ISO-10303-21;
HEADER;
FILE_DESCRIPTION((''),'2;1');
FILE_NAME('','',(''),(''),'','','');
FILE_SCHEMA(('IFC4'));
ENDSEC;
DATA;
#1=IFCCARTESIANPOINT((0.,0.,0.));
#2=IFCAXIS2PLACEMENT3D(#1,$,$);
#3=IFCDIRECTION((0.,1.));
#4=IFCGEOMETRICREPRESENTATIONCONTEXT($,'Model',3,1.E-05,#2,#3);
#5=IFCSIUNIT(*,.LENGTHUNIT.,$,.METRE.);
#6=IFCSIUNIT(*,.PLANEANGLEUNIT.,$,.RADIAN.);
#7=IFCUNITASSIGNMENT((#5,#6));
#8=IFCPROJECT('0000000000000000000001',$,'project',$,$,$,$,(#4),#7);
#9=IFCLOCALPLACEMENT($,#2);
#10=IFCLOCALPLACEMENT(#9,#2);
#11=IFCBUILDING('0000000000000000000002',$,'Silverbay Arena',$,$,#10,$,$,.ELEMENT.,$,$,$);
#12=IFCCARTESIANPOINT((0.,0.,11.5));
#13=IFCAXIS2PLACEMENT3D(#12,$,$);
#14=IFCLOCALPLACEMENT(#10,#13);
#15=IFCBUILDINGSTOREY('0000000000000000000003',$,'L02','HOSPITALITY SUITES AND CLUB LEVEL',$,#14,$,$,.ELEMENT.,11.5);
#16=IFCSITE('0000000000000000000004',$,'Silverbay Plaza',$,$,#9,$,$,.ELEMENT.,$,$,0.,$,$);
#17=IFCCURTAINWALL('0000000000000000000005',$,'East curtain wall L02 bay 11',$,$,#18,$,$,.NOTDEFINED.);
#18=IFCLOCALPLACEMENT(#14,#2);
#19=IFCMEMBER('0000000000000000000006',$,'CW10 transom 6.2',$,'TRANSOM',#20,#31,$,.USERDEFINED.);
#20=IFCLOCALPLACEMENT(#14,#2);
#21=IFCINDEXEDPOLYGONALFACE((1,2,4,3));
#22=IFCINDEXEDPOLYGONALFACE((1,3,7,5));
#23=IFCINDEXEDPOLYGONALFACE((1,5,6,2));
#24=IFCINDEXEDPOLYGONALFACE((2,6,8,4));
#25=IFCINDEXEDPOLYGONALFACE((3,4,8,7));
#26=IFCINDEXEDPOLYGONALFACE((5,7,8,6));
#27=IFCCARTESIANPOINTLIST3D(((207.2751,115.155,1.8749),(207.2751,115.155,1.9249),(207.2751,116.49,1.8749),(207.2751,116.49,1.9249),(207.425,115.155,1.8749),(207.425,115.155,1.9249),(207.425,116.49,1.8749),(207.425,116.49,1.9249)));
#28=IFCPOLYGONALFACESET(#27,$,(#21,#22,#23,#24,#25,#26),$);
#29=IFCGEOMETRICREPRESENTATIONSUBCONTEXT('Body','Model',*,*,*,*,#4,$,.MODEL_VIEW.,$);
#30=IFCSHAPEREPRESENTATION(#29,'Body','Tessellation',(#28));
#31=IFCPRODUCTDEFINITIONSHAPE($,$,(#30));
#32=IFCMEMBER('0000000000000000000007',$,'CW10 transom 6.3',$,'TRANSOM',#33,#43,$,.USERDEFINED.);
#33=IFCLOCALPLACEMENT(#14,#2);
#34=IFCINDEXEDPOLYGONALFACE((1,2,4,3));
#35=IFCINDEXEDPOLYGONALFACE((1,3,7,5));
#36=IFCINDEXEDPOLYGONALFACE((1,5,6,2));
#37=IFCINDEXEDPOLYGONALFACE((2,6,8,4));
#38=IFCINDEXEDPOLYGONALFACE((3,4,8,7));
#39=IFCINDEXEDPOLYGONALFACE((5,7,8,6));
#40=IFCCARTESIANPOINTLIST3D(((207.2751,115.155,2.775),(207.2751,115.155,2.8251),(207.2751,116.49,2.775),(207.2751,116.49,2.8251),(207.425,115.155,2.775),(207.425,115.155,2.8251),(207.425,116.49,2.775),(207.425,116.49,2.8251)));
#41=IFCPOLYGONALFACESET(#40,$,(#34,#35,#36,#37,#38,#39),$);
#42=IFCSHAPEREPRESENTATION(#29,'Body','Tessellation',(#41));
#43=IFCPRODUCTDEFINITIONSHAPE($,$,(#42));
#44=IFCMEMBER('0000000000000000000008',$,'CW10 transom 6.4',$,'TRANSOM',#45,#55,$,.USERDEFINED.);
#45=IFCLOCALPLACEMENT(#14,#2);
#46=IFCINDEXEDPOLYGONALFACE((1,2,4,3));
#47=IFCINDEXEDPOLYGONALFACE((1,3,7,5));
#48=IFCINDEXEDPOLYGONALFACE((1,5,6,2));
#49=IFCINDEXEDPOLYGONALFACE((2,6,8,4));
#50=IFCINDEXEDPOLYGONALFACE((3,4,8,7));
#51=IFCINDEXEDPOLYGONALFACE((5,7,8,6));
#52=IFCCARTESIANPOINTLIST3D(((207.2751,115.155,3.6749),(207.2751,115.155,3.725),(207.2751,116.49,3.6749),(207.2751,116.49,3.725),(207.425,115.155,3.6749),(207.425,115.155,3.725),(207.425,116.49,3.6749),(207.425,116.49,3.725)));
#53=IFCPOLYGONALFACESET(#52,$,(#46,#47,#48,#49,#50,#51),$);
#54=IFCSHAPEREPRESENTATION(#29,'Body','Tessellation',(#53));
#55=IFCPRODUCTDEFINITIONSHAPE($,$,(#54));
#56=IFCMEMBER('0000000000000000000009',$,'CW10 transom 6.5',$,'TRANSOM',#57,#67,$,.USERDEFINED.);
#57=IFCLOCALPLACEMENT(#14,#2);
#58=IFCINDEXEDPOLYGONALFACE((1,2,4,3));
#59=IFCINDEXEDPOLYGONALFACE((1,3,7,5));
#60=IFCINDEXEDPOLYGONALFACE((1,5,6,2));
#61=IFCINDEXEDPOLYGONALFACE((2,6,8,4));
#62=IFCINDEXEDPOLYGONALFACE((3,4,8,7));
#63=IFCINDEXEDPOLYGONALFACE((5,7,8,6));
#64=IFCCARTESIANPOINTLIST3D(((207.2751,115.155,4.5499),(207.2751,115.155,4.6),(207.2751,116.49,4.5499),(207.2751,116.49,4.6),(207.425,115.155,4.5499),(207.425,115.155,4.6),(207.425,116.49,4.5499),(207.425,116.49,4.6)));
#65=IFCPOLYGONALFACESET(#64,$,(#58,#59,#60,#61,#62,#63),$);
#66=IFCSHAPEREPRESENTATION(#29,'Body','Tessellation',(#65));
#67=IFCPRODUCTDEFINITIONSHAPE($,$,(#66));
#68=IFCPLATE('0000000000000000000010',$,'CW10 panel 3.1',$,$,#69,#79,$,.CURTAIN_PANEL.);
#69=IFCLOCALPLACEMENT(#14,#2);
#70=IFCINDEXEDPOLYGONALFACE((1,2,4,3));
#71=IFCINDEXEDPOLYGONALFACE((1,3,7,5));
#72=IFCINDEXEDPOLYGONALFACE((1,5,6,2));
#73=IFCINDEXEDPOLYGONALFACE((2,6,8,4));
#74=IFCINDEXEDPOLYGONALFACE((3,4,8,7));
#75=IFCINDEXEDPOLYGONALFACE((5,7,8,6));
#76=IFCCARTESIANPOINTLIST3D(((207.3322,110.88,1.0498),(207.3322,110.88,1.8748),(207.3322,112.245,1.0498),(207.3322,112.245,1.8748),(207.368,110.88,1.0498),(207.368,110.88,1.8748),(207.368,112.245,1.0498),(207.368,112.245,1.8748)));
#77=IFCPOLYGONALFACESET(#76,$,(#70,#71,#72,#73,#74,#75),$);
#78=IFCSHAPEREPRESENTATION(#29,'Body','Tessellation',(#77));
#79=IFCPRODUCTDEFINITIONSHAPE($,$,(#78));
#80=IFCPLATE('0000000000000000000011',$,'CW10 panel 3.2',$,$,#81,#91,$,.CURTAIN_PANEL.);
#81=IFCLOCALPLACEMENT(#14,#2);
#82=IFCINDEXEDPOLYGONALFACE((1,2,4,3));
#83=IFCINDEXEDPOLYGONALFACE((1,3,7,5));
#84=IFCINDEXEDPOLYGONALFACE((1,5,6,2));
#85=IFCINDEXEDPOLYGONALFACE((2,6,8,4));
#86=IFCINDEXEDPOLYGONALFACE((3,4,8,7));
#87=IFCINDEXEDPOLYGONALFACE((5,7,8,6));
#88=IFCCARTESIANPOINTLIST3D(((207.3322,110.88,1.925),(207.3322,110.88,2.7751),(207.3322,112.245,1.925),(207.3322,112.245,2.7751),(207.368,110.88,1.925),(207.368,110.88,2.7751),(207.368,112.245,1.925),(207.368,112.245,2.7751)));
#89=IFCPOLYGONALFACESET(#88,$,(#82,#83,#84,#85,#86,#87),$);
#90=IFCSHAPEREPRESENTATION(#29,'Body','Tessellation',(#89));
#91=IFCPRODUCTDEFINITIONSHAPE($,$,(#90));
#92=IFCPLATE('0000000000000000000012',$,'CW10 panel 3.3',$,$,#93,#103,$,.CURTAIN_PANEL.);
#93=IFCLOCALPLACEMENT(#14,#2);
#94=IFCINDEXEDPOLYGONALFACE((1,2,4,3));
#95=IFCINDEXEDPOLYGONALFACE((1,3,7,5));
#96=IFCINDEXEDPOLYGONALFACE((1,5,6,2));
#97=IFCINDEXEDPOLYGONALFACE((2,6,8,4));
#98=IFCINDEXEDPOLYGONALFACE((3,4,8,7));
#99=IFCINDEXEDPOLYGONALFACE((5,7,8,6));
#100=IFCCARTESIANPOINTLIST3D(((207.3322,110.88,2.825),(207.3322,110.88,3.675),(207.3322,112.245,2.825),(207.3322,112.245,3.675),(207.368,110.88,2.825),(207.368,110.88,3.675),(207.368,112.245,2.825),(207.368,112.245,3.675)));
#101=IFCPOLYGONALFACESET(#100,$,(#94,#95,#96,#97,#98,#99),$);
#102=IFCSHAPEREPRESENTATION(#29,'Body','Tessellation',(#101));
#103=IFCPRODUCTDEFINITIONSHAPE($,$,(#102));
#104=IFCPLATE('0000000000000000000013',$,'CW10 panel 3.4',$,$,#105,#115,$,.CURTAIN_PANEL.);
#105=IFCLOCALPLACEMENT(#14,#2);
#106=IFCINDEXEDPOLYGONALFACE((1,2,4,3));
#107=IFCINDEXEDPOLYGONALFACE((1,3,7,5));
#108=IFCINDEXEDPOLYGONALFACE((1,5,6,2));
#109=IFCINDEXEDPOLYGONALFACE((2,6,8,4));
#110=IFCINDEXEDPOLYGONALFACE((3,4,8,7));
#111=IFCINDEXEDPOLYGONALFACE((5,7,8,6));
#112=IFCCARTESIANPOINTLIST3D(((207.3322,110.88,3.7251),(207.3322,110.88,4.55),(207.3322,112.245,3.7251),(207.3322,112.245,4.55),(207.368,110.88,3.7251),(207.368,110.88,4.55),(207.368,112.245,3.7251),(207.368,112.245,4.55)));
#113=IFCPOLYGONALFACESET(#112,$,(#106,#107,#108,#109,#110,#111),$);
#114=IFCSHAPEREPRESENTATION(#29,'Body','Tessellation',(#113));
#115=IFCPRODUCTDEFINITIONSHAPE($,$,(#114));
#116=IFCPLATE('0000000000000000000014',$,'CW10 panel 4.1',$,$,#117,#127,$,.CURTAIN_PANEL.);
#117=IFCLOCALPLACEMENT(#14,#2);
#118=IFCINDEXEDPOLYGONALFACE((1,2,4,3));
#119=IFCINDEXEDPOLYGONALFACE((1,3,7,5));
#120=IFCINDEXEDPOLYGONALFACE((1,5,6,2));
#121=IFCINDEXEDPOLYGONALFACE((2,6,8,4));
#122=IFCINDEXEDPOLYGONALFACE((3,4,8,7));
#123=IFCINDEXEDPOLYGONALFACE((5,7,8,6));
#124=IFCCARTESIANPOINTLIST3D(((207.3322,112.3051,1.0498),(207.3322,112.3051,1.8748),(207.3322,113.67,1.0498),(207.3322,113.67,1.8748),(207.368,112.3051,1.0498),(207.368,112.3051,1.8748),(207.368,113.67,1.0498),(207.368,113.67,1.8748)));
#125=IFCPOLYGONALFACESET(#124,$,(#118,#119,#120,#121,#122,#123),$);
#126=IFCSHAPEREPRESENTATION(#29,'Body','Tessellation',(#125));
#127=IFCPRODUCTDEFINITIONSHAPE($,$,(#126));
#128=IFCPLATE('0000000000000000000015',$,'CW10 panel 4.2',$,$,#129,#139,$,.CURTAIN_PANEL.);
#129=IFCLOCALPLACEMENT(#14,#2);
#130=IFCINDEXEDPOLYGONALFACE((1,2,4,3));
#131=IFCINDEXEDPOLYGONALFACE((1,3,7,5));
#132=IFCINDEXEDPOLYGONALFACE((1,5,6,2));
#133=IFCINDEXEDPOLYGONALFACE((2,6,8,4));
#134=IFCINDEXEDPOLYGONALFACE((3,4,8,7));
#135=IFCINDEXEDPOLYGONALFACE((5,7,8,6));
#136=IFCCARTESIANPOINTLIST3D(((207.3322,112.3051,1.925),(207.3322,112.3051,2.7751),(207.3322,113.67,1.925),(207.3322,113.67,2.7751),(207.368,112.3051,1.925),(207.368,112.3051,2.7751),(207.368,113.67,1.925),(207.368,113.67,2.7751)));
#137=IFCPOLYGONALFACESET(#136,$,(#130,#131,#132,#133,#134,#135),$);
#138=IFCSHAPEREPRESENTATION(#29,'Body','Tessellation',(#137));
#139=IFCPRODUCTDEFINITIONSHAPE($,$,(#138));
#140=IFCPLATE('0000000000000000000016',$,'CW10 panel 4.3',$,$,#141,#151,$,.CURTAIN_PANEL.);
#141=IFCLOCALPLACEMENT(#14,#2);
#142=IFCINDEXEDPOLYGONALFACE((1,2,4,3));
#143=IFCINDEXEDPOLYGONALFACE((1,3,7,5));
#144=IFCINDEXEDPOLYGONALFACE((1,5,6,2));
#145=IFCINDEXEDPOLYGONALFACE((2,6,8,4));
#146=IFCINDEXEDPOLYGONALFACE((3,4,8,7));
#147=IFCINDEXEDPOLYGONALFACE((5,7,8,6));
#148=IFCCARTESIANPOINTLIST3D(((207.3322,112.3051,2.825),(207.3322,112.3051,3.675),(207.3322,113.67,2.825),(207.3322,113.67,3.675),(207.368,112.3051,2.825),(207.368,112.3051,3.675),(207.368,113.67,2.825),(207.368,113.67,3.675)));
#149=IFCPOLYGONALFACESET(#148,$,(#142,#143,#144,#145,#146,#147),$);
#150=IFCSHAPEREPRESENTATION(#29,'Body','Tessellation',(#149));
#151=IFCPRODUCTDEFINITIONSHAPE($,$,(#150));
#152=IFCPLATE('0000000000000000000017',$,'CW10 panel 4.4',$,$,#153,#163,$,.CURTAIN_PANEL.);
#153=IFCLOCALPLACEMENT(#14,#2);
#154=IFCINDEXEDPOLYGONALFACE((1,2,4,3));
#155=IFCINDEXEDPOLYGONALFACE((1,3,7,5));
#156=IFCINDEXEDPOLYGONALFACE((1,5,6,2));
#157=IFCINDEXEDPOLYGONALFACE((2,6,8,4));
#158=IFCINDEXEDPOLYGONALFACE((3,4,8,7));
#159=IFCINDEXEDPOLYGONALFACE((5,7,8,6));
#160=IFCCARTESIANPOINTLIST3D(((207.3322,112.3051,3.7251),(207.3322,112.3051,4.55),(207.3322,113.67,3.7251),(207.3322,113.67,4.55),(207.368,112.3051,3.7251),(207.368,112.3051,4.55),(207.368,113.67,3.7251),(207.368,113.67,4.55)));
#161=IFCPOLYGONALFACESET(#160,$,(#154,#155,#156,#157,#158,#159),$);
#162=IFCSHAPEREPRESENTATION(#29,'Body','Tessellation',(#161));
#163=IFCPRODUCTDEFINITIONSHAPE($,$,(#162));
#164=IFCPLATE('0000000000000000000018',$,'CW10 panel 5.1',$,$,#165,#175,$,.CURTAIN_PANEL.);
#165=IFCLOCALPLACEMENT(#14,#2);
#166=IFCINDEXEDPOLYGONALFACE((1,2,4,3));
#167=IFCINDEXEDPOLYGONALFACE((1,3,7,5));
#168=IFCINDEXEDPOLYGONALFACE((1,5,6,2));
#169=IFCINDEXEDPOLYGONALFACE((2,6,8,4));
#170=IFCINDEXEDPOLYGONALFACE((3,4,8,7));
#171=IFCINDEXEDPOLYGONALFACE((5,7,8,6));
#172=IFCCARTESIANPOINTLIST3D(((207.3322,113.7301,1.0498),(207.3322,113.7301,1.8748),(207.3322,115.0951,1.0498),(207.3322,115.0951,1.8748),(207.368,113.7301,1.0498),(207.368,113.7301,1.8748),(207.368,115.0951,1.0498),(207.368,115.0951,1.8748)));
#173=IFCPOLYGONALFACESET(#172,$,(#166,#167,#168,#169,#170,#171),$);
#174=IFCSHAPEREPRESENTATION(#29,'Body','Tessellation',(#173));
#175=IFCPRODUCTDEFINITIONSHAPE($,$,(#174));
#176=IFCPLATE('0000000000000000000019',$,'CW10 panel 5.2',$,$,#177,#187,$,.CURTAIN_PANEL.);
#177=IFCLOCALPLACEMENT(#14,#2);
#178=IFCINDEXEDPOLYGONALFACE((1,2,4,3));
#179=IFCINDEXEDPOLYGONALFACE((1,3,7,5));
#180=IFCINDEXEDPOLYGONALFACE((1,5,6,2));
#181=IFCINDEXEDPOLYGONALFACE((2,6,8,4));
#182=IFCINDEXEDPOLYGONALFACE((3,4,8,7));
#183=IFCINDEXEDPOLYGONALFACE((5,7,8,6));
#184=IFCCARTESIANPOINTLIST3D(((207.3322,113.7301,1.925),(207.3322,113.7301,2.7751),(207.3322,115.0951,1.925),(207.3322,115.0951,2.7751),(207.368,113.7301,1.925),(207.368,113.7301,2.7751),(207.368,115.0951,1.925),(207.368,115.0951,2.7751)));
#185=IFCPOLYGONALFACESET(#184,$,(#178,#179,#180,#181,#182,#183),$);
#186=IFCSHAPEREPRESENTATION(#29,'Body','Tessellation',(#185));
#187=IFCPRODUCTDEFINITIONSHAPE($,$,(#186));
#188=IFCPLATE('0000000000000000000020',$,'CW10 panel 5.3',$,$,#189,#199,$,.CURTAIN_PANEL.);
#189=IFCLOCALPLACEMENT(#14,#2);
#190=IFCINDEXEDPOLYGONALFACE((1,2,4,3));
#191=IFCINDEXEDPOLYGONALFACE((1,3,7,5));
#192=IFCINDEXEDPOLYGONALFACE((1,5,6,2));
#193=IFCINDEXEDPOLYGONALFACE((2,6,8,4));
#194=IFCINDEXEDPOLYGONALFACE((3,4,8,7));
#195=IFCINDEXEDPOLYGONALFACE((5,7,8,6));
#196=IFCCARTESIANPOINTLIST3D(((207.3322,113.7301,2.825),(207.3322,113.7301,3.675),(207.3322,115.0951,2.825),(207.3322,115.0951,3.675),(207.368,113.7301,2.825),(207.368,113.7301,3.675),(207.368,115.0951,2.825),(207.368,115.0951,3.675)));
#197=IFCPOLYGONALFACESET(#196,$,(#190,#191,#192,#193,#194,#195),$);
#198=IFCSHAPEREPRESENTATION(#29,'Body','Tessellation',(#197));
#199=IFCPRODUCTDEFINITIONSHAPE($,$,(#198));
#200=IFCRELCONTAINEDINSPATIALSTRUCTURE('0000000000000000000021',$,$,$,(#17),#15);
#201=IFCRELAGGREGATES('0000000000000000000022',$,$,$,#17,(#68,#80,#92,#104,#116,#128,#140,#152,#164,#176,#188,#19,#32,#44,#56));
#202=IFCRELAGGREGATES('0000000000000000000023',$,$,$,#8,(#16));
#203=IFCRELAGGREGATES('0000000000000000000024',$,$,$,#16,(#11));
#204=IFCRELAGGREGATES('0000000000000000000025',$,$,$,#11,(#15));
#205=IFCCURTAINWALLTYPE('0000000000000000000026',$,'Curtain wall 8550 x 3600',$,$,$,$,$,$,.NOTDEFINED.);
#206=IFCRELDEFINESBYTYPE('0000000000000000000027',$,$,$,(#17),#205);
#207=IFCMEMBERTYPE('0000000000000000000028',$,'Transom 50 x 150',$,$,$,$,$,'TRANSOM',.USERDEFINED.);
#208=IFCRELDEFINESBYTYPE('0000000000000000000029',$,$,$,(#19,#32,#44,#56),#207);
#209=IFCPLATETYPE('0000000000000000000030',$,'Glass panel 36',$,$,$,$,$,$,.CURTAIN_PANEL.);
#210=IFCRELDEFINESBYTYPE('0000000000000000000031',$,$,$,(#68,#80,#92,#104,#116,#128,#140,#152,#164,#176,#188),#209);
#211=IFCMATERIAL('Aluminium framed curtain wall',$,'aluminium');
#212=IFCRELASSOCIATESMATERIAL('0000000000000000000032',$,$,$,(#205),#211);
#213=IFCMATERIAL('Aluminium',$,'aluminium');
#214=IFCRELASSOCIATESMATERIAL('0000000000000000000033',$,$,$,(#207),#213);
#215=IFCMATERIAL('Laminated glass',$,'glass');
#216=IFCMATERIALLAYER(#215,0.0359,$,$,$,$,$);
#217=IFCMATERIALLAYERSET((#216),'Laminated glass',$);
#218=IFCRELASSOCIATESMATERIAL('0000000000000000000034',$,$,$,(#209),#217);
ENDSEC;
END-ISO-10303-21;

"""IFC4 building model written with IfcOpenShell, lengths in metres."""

from ifc_helpers import new_model, si_unit, direction, frame, origin, origin_2d, place, context, subcontext, project, spatial, rectangle, extrude, material, layer, layer_set, material_profile, profile_set, type_object, element, aggregate, save


model = new_model("IFC4")

# Units and contexts
model_context = context("Model", 3, precision=1e-05, world=origin(), true_north=direction((0.0, 1.0)))
body_context = subcontext(model_context, "Body", "Model", "MODEL_VIEW")
ifc_project = project(units=[si_unit("LENGTHUNIT", "METRE"), si_unit("PLANEANGLEUNIT", "RADIAN")], contexts=[model_context])

# Site, building, storey
site_placement = place(None, origin())
site = spatial("IfcSite", under=ifc_project, at=site_placement, Name="Silverbay Plaza", CompositionType="ELEMENT", RefElevation=0.0)
building_placement = place(site_placement, origin())
building = spatial("IfcBuilding", under=site, at=building_placement, Name="Silverbay Arena", CompositionType="ELEMENT")
storey_placement = place(building_placement, frame((0.0, 0.0, 11.5)))
storey = spatial("IfcBuildingStorey", under=building, at=storey_placement, Name="L02", Description="HOSPITALITY SUITES AND CLUB LEVEL", CompositionType="ELEMENT", Elevation=11.5)

# Curtain wall, members, plates
ifc_material_1 = material(Name="Aluminium framed curtain wall", Category="aluminium")
curtain_wall_type = type_object("IfcCurtainWallType", Name="Curtain wall 8550 x 3600", PredefinedType="NOTDEFINED", material=ifc_material_1)
curtain_wall_placement = place(storey_placement, origin())
curtain_wall = element("IfcCurtainWall", 1, at=curtain_wall_placement, inside=storey, type_object=curtain_wall_type, Name="East curtain wall L02 bay 11", PredefinedType="NOTDEFINED")
ifc_material_2 = material(Name="Aluminium", Category="aluminium")
ifc_material_profile_1 = material_profile(ifc_material_2, rectangle(XDim=0.1499, YDim=0.05, at=origin_2d()), Name="Transom 50 x 150")
ifc_profile_set_1 = profile_set([ifc_material_profile_1], Name="Aluminium")
member_type_1 = type_object("IfcMemberType", Name="Transom 50 x 150", ElementType="TRANSOM", PredefinedType="USERDEFINED", material=ifc_profile_set_1)
member_1_placement = place(storey_placement, frame((207.3501, 115.155, 1.8999), z_axis=(0.0, 1.0, 0.0), x_axis=(-1.0, 0.0, 0.0)))
member_1 = element("IfcMember", 2, at=member_1_placement, type_object=member_type_1, Name="CW10 transom 6.2", ObjectType="TRANSOM", PredefinedType="USERDEFINED", context=body_context, shape_type="SweptSolid", body=[
    extrude(rectangle(XDim=0.1499, YDim=0.05, at=origin_2d()), origin(), (0.0, 0.0, 1.0), 1.335),
])
member_2_placement = place(storey_placement, frame((207.3501, 115.155, 2.8), z_axis=(0.0, 1.0, 0.0), x_axis=(-1.0, 0.0, 0.0)))
member_2 = element("IfcMember", 3, at=member_2_placement, type_object=member_type_1, Name="CW10 transom 6.3", ObjectType="TRANSOM", PredefinedType="USERDEFINED", context=body_context, shape_type="SweptSolid", body=[
    extrude(rectangle(XDim=0.1499, YDim=0.05, at=origin_2d()), origin(), (0.0, 0.0, 1.0), 1.335),
])
member_3_placement = place(storey_placement, frame((207.3501, 115.155, 3.7), z_axis=(0.0, 1.0, 0.0), x_axis=(-1.0, 0.0, 0.0)))
member_3 = element("IfcMember", 4, at=member_3_placement, type_object=member_type_1, Name="CW10 transom 6.4", ObjectType="TRANSOM", PredefinedType="USERDEFINED", context=body_context, shape_type="SweptSolid", body=[
    extrude(rectangle(XDim=0.1499, YDim=0.05, at=origin_2d()), origin(), (0.0, 0.0, 1.0), 1.335),
])
member_4_placement = place(storey_placement, frame((207.3501, 115.155, 4.575), z_axis=(0.0, 1.0, 0.0), x_axis=(-1.0, 0.0, 0.0)))
member_4 = element("IfcMember", 5, at=member_4_placement, type_object=member_type_1, Name="CW10 transom 6.5", ObjectType="TRANSOM", PredefinedType="USERDEFINED", context=body_context, shape_type="SweptSolid", body=[
    extrude(rectangle(XDim=0.1499, YDim=0.05, at=origin_2d()), origin(), (0.0, 0.0, 1.0), 1.335),
])
ifc_material_3 = material(Name="Laminated glass", Category="glass")
ifc_layer = layer(ifc_material_3, 0.0359)
ifc_layer_set = layer_set([ifc_layer], Name="Laminated glass")
plate_type = type_object("IfcPlateType", Name="Glass panel 36", PredefinedType="CURTAIN_PANEL", material=ifc_layer_set)
plate_1_placement = place(storey_placement, frame((207.3501, 111.5625, 1.0498), z_axis=(0.0, 0.0, 1.0), x_axis=(0.0, 1.0, 0.0)))
plate_1 = element("IfcPlate", 6, at=plate_1_placement, type_object=plate_type, Name="CW10 panel 3.1", PredefinedType="CURTAIN_PANEL", context=body_context, shape_type="SweptSolid", body=[
    extrude(rectangle(XDim=1.365, YDim=0.0359, at=origin_2d()), origin(), (0.0, 0.0, 1.0), 0.825),
])
plate_2_placement = place(storey_placement, frame((207.3501, 111.5625, 1.925), z_axis=(0.0, 0.0, 1.0), x_axis=(0.0, 1.0, 0.0)))
plate_2 = element("IfcPlate", 7, at=plate_2_placement, type_object=plate_type, Name="CW10 panel 3.2", PredefinedType="CURTAIN_PANEL", context=body_context, shape_type="SweptSolid", body=[
    extrude(rectangle(XDim=1.365, YDim=0.0359, at=origin_2d()), origin(), (0.0, 0.0, 1.0), 0.8501),
])
plate_3_placement = place(storey_placement, frame((207.3501, 111.5625, 2.825), z_axis=(0.0, 0.0, 1.0), x_axis=(0.0, 1.0, 0.0)))
plate_3 = element("IfcPlate", 8, at=plate_3_placement, type_object=plate_type, Name="CW10 panel 3.3", PredefinedType="CURTAIN_PANEL", context=body_context, shape_type="SweptSolid", body=[
    extrude(rectangle(XDim=1.365, YDim=0.0359, at=origin_2d()), origin(), (0.0, 0.0, 1.0), 0.8501),
])
plate_4_placement = place(storey_placement, frame((207.3501, 111.5625, 3.7251), z_axis=(0.0, 0.0, 1.0), x_axis=(0.0, 1.0, 0.0)))
plate_4 = element("IfcPlate", 9, at=plate_4_placement, type_object=plate_type, Name="CW10 panel 3.4", PredefinedType="CURTAIN_PANEL", context=body_context, shape_type="SweptSolid", body=[
    extrude(rectangle(XDim=1.365, YDim=0.0359, at=origin_2d()), origin(), (0.0, 0.0, 1.0), 0.825),
])
plate_5_placement = place(storey_placement, frame((207.3501, 112.9875, 1.0498), z_axis=(0.0, 0.0, 1.0), x_axis=(0.0, 1.0, 0.0)))
plate_5 = element("IfcPlate", 10, at=plate_5_placement, type_object=plate_type, Name="CW10 panel 4.1", PredefinedType="CURTAIN_PANEL", context=body_context, shape_type="SweptSolid", body=[
    extrude(rectangle(XDim=1.365, YDim=0.0359, at=origin_2d()), origin(), (0.0, 0.0, 1.0), 0.825),
])
plate_6_placement = place(storey_placement, frame((207.3501, 112.9875, 1.925), z_axis=(0.0, 0.0, 1.0), x_axis=(0.0, 1.0, 0.0)))
plate_6 = element("IfcPlate", 11, at=plate_6_placement, type_object=plate_type, Name="CW10 panel 4.2", PredefinedType="CURTAIN_PANEL", context=body_context, shape_type="SweptSolid", body=[
    extrude(rectangle(XDim=1.365, YDim=0.0359, at=origin_2d()), origin(), (0.0, 0.0, 1.0), 0.8501),
])
plate_7_placement = place(storey_placement, frame((207.3501, 112.9875, 2.825), z_axis=(0.0, 0.0, 1.0), x_axis=(0.0, 1.0, 0.0)))
plate_7 = element("IfcPlate", 12, at=plate_7_placement, type_object=plate_type, Name="CW10 panel 4.3", PredefinedType="CURTAIN_PANEL", context=body_context, shape_type="SweptSolid", body=[
    extrude(rectangle(XDim=1.365, YDim=0.0359, at=origin_2d()), origin(), (0.0, 0.0, 1.0), 0.8501),
])
plate_8_placement = place(storey_placement, frame((207.3501, 112.9875, 3.7251), z_axis=(0.0, 0.0, 1.0), x_axis=(0.0, 1.0, 0.0)))
plate_8 = element("IfcPlate", 13, at=plate_8_placement, type_object=plate_type, Name="CW10 panel 4.4", PredefinedType="CURTAIN_PANEL", context=body_context, shape_type="SweptSolid", body=[
    extrude(rectangle(XDim=1.365, YDim=0.0359, at=origin_2d()), origin(), (0.0, 0.0, 1.0), 0.825),
])
plate_9_placement = place(storey_placement, frame((207.3501, 114.4126, 1.0498), z_axis=(0.0, 0.0, 1.0), x_axis=(0.0, 1.0, 0.0)))
plate_9 = element("IfcPlate", 14, at=plate_9_placement, type_object=plate_type, Name="CW10 panel 5.1", PredefinedType="CURTAIN_PANEL", context=body_context, shape_type="SweptSolid", body=[
    extrude(rectangle(XDim=1.365, YDim=0.0359, at=origin_2d()), origin(), (0.0, 0.0, 1.0), 0.825),
])
plate_10_placement = place(storey_placement, frame((207.3501, 114.4126, 1.925), z_axis=(0.0, 0.0, 1.0), x_axis=(0.0, 1.0, 0.0)))
plate_10 = element("IfcPlate", 15, at=plate_10_placement, type_object=plate_type, Name="CW10 panel 5.2", PredefinedType="CURTAIN_PANEL", context=body_context, shape_type="SweptSolid", body=[
    extrude(rectangle(XDim=1.365, YDim=0.0359, at=origin_2d()), origin(), (0.0, 0.0, 1.0), 0.8501),
])
plate_11_placement = place(storey_placement, frame((207.3501, 114.4126, 2.825), z_axis=(0.0, 0.0, 1.0), x_axis=(0.0, 1.0, 0.0)))
plate_11 = element("IfcPlate", 16, at=plate_11_placement, type_object=plate_type, Name="CW10 panel 5.3", PredefinedType="CURTAIN_PANEL", context=body_context, shape_type="SweptSolid", body=[
    extrude(rectangle(XDim=1.365, YDim=0.0359, at=origin_2d()), origin(), (0.0, 0.0, 1.0), 0.8501),
])
aggregate(curtain_wall, [plate_1, plate_2, plate_3, plate_4, plate_5, plate_6, plate_7, plate_8, plate_9, plate_10, plate_11, member_1, member_2, member_3, member_4])

save(model, "model.ifc")
